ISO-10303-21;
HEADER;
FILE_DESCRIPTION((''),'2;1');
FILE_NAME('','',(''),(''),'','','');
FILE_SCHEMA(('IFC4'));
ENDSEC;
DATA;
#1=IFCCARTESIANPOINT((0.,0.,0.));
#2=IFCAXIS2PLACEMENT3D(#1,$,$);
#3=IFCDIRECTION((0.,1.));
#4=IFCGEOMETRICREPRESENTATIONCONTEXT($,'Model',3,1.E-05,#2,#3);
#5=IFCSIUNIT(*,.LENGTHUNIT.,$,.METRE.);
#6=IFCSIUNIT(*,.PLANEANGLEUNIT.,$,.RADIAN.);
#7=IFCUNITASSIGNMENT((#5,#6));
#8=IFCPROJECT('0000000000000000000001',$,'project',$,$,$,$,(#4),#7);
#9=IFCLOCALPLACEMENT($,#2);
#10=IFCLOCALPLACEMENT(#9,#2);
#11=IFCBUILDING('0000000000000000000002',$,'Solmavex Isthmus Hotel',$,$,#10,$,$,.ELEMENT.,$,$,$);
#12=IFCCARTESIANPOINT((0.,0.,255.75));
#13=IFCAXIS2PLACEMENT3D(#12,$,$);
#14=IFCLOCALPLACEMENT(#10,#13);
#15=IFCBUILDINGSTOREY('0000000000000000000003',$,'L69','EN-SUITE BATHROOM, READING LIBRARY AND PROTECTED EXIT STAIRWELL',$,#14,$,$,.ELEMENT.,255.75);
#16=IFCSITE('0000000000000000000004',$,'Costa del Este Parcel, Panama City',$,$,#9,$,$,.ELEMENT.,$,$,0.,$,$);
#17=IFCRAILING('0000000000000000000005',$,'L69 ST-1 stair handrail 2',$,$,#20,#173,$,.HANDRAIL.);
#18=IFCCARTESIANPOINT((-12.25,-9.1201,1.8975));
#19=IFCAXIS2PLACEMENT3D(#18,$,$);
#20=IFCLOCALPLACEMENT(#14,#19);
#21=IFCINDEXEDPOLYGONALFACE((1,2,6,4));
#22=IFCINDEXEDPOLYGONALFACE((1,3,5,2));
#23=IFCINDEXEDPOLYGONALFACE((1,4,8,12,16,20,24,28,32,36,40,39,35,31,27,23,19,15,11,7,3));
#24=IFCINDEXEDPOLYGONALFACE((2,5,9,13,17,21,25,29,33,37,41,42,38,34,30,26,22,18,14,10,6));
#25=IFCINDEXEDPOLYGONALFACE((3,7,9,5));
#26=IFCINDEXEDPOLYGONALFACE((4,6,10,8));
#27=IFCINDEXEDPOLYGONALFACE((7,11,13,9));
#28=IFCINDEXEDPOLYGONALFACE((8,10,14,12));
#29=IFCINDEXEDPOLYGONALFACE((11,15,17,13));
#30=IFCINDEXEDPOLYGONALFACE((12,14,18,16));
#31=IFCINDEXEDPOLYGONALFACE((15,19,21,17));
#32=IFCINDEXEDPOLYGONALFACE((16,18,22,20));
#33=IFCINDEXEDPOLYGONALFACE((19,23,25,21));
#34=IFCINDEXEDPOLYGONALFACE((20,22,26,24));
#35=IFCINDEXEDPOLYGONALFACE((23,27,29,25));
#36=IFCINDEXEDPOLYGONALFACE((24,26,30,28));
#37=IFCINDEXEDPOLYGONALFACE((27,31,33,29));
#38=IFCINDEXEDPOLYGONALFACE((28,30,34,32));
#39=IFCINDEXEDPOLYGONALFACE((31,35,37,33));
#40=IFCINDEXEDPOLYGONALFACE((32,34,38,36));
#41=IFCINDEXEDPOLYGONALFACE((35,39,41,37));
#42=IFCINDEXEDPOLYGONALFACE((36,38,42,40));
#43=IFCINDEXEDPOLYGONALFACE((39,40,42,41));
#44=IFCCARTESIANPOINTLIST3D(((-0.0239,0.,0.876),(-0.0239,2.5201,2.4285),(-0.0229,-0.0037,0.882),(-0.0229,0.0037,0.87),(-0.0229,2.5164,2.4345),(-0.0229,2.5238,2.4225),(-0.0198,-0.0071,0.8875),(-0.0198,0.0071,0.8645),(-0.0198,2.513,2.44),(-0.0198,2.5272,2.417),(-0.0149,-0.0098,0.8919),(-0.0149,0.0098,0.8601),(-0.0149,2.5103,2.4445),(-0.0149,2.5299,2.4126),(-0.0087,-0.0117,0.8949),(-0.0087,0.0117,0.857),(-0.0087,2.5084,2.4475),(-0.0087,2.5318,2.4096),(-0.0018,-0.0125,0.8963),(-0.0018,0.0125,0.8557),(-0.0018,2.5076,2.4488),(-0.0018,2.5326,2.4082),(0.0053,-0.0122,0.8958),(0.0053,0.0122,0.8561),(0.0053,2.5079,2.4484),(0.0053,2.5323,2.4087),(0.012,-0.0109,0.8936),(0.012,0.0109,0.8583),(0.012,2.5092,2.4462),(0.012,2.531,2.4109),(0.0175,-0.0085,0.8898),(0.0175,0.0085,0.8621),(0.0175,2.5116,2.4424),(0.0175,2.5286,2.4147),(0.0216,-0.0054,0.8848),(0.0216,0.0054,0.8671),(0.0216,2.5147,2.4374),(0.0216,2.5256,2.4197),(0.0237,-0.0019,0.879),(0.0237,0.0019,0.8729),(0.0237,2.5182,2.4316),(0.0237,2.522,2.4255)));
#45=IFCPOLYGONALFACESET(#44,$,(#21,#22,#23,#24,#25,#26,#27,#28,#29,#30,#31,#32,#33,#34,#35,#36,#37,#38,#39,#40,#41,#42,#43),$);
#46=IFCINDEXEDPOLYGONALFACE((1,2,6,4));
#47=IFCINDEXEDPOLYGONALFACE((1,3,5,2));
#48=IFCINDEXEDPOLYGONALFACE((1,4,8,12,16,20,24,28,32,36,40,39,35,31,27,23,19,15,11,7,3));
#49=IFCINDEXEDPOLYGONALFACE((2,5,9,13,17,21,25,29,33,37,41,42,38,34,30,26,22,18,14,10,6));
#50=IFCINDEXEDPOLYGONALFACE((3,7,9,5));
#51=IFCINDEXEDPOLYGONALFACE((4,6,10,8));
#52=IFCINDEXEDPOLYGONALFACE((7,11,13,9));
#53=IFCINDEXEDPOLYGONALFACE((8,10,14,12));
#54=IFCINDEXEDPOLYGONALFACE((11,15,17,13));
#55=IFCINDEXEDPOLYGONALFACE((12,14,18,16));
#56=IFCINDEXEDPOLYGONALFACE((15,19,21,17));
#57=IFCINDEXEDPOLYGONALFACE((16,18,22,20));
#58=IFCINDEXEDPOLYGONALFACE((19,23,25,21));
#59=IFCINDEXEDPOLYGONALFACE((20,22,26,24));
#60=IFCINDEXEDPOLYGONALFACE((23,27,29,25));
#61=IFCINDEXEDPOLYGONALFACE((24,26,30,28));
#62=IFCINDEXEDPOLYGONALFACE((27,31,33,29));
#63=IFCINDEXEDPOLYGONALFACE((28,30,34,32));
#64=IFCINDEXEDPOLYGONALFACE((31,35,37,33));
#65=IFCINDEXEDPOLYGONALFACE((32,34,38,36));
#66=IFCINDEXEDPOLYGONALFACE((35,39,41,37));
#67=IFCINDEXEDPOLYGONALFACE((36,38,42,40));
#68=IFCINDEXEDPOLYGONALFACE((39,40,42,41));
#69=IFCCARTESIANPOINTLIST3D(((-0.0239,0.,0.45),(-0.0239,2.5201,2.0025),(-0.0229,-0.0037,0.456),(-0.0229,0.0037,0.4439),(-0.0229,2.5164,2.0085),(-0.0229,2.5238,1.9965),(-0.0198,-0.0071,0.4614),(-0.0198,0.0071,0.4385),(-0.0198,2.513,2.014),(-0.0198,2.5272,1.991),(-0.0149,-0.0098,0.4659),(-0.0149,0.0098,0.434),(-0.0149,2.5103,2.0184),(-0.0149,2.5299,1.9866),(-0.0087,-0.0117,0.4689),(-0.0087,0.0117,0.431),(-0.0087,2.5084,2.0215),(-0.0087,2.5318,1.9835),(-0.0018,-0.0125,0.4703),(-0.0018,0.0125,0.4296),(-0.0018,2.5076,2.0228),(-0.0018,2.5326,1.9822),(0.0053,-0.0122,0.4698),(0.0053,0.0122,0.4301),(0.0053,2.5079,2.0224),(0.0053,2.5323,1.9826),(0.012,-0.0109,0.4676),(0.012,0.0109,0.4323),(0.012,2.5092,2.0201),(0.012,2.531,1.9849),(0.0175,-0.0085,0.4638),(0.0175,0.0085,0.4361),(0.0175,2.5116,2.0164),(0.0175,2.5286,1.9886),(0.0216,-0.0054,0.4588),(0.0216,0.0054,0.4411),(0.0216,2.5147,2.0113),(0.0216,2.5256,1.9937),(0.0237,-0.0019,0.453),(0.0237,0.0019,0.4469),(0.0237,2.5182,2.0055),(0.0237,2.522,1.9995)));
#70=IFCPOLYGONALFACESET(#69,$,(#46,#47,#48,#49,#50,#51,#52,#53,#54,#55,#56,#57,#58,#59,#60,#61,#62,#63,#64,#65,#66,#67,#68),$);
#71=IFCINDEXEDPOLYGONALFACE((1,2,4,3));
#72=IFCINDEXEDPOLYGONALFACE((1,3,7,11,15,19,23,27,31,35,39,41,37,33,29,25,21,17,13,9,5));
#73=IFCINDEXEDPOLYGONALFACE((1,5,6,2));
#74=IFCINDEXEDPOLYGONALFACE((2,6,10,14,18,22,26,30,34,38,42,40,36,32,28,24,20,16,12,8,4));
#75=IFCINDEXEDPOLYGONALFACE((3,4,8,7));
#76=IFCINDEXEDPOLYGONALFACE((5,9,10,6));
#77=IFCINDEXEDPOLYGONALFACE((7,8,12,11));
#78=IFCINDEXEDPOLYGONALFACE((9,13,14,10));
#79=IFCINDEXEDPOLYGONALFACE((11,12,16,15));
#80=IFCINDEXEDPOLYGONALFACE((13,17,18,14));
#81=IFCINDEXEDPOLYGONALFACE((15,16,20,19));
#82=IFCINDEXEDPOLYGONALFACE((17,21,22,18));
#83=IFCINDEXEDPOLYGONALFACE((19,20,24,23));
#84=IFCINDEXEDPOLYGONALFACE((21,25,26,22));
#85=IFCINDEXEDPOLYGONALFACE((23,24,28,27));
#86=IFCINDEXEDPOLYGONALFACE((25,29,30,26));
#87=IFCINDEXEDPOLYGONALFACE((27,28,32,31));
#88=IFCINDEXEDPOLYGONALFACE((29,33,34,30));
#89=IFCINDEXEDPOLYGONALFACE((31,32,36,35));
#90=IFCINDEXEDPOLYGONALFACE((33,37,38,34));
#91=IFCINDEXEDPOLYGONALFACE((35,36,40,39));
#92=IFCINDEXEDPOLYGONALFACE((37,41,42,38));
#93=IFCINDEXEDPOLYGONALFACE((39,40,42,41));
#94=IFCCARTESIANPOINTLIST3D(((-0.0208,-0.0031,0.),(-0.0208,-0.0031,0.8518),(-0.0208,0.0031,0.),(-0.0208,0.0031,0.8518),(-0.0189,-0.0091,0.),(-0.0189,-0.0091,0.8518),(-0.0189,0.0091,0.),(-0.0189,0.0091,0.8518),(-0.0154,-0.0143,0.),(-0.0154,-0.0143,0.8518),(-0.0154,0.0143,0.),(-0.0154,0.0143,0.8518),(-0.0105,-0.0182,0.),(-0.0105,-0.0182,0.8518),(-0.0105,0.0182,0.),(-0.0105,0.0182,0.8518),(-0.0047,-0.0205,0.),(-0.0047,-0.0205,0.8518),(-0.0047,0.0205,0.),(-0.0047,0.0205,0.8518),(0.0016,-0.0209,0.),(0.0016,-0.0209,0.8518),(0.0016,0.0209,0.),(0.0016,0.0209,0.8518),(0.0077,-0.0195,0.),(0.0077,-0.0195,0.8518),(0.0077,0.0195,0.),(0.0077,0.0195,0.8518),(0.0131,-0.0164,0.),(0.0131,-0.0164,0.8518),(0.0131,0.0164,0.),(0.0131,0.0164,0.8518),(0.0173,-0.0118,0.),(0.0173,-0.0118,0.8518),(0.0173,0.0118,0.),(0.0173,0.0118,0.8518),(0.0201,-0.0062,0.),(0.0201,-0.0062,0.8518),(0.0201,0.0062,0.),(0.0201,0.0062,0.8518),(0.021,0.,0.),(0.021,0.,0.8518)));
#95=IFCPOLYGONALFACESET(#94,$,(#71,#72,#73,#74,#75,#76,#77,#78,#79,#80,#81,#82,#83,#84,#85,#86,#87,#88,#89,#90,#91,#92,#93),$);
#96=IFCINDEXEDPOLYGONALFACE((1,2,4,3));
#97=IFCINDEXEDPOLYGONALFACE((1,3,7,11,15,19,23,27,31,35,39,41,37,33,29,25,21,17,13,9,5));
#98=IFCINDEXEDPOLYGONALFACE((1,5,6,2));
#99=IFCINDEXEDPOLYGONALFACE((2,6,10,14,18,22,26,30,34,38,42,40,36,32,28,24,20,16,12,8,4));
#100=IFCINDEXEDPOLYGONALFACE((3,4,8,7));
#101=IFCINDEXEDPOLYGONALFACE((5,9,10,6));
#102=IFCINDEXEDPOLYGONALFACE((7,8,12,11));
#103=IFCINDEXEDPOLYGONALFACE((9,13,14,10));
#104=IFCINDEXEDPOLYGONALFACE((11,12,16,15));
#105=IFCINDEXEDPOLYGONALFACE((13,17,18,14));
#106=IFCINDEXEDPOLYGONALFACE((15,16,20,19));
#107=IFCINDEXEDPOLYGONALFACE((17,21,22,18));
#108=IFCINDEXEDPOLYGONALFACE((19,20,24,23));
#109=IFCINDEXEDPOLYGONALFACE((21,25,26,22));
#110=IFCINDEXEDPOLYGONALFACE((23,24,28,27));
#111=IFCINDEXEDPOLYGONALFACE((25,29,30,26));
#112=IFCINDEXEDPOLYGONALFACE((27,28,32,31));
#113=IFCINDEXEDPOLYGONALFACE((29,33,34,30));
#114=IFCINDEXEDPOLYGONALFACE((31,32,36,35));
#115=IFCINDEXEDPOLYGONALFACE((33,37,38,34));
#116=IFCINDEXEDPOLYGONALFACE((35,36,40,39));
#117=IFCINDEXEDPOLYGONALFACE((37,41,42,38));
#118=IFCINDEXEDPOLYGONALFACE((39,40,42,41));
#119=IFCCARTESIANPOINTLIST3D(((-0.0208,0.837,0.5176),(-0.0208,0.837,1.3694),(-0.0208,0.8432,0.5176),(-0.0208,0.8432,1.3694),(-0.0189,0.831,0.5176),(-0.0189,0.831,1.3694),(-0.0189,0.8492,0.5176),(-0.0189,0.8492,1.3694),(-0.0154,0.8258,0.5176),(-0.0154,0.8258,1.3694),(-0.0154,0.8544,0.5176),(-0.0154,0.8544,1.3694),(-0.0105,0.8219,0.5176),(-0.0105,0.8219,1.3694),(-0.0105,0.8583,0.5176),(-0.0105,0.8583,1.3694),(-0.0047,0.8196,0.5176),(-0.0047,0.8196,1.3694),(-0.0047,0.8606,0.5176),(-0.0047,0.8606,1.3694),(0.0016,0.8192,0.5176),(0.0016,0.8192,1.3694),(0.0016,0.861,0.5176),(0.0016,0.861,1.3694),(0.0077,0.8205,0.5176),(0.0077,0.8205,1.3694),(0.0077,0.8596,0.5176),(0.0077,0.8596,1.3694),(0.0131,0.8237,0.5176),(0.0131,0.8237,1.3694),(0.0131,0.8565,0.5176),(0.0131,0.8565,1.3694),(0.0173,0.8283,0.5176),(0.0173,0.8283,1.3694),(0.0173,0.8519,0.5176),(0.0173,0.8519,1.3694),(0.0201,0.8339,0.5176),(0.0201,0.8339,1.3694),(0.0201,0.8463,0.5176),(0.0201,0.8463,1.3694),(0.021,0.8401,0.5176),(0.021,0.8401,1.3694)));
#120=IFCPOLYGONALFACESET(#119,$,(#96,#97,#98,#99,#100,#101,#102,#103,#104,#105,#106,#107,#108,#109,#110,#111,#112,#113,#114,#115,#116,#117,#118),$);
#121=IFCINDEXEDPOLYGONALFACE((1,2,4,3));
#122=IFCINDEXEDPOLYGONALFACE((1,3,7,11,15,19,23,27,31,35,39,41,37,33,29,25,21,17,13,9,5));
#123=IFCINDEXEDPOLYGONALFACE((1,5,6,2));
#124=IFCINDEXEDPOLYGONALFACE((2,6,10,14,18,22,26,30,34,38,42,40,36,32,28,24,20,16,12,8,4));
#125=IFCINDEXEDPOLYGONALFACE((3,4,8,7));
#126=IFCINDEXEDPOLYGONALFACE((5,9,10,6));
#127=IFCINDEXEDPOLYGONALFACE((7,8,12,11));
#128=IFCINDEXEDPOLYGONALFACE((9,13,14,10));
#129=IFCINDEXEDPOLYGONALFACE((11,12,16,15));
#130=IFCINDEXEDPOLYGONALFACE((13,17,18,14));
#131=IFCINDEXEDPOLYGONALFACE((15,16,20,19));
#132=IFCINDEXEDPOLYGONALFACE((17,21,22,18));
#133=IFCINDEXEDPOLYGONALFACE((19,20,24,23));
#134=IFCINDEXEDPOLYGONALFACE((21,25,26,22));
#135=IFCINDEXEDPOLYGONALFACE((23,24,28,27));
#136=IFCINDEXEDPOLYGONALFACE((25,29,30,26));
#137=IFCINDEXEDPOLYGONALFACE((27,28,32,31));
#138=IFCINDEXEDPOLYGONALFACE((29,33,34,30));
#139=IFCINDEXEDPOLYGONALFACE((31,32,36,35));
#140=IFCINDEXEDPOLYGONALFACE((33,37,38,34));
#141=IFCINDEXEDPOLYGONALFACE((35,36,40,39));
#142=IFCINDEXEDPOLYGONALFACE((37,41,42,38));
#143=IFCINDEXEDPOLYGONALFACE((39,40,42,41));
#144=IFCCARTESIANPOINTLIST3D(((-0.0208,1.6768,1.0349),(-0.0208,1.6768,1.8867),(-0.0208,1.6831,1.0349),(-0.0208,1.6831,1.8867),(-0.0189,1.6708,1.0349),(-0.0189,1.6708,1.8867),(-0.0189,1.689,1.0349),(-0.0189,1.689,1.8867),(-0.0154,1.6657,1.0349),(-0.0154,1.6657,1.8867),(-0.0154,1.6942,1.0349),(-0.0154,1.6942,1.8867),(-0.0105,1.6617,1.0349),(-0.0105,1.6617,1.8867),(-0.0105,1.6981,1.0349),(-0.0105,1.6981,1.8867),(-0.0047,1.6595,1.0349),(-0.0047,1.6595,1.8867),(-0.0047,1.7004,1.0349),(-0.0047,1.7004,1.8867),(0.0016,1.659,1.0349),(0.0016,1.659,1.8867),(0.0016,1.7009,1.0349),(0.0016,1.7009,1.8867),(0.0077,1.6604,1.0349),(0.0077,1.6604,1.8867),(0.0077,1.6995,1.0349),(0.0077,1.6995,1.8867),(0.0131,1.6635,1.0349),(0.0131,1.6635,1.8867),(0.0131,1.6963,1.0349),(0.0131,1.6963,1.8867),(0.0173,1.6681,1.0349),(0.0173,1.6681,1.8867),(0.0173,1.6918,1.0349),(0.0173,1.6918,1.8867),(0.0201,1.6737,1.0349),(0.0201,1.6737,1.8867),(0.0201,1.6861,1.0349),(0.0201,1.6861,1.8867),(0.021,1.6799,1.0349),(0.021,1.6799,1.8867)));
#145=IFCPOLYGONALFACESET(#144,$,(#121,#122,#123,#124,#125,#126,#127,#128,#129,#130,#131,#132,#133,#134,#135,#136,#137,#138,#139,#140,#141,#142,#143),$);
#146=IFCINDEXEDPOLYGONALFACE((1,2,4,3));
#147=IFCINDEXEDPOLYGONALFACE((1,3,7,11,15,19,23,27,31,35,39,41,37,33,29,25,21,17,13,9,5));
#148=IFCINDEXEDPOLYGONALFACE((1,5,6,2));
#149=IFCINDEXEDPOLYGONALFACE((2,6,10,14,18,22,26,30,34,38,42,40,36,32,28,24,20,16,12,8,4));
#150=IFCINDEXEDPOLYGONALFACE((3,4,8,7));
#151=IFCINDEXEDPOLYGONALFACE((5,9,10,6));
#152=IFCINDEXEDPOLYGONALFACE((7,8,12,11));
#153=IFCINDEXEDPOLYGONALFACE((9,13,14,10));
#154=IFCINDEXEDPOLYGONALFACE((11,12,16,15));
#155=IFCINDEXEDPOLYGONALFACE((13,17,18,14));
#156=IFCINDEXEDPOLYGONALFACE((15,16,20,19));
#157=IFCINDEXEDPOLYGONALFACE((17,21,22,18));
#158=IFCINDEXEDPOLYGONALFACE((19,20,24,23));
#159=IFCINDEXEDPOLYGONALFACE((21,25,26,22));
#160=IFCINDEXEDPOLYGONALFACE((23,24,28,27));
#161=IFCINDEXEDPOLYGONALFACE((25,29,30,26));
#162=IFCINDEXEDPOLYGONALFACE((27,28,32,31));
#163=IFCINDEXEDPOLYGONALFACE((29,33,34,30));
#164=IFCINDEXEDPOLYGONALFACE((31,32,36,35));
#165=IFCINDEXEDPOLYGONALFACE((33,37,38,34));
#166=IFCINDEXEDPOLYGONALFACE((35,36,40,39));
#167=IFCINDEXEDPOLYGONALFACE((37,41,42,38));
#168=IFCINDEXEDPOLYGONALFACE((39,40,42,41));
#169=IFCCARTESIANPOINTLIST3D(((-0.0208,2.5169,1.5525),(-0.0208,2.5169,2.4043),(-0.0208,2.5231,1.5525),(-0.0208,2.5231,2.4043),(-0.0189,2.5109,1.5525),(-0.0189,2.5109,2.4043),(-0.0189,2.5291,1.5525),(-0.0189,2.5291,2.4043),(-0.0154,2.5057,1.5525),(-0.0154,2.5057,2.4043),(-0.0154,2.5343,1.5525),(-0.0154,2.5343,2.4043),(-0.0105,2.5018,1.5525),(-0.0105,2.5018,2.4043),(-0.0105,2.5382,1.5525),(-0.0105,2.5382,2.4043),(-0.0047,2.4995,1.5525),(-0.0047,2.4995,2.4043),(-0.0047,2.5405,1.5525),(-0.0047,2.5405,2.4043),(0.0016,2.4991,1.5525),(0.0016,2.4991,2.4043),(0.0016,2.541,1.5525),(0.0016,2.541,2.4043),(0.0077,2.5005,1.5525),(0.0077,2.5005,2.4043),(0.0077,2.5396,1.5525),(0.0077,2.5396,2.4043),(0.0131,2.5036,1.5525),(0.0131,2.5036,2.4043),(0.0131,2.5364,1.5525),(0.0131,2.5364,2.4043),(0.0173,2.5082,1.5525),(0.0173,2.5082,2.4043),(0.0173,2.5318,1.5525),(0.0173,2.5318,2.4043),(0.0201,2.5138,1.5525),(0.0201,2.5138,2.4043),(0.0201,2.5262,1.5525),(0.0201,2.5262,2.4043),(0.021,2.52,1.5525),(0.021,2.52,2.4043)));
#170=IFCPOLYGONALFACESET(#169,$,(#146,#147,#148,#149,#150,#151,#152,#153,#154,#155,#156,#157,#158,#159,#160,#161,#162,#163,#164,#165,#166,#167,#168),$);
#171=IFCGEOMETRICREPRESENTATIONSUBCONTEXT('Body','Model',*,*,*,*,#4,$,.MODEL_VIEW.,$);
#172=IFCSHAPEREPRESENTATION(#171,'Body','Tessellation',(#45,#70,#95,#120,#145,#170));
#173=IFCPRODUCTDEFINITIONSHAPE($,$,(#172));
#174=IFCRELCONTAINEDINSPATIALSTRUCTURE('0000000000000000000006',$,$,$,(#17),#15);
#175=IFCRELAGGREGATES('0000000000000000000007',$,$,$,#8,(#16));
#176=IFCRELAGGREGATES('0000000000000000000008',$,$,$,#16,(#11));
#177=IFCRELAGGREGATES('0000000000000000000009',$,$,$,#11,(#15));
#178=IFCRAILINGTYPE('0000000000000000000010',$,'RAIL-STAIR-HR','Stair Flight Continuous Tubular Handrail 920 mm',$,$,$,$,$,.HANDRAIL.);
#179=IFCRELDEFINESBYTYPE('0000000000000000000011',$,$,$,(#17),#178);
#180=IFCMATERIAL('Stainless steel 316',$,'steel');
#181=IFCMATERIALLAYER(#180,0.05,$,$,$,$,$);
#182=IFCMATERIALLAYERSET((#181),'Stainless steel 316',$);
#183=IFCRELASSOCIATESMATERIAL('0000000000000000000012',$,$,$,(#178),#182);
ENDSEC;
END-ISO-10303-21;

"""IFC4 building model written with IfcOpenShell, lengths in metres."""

from ifc_helpers import new_model, si_unit, direction, frame, origin, origin_2d, place, context, subcontext, project, spatial, circle, extrude, material, layer, layer_set, type_object, element, save


model = new_model("IFC4")

# Units and contexts
model_context = context("Model", 3, precision=1e-05, world=origin(), true_north=direction((0.0, 1.0)))
body_context = subcontext(model_context, "Body", "Model", "MODEL_VIEW")
ifc_project = project(units=[si_unit("LENGTHUNIT", "METRE"), si_unit("PLANEANGLEUNIT", "RADIAN")], contexts=[model_context])

# Site, building, storey
site_placement = place(None, origin())
site = spatial("IfcSite", under=ifc_project, at=site_placement, Name="Costa del Este Parcel, Panama City", CompositionType="ELEMENT", RefElevation=0.0)
building_placement = place(site_placement, origin())
building = spatial("IfcBuilding", under=site, at=building_placement, Name="Solmavex Isthmus Hotel", CompositionType="ELEMENT")
storey_placement = place(building_placement, frame((0.0, 0.0, 255.75)))
storey = spatial("IfcBuildingStorey", under=building, at=storey_placement, Name="L69", Description="EN-SUITE BATHROOM, READING LIBRARY AND PROTECTED EXIT STAIRWELL", CompositionType="ELEMENT", Elevation=255.75)

# Shared definitions
ifc_material_1 = material(Name="Stainless steel 316", Category="steel")

# Railing
ifc_layer_1 = layer(ifc_material_1, 0.05)
ifc_layer_set_1 = layer_set([ifc_layer_1], Name="Stainless steel 316")
railing_type = type_object("IfcRailingType", Name="RAIL-STAIR-HR", Description="Stair Flight Continuous Tubular Handrail 920 mm", PredefinedType="HANDRAIL", material=ifc_layer_set_1)
railing_placement = place(storey_placement, frame((-12.25, -9.1201, 1.8975)))
element("IfcRailing", 1, at=railing_placement, inside=storey, type_object=railing_type, Name="L69 ST-1 stair handrail 2", PredefinedType="HANDRAIL", context=body_context, shape_type="SweptSolid", body=[
    extrude(circle(Radius=0.0239, at=origin_2d()), frame((0.0, 0.0, 0.876), z_axis=(0.0, 0.8514, 0.524516), x_axis=(-1.0, 0.0, 0.0)), (0.0, 0.0, 1.0), 2.96),
    extrude(circle(Radius=0.0239, at=origin_2d()), frame((0.0, 0.0, 0.45), z_axis=(0.0, 0.8514, 0.524516), x_axis=(-1.0, 0.0, 0.0)), (0.0, 0.0, 1.0), 2.96),
    extrude(circle(Radius=0.021, at=origin_2d()), origin(), (0.0, 0.0, 1.0), 0.8518),
    extrude(circle(Radius=0.021, at=origin_2d()), frame((0.0, 0.8401, 0.5176)), (0.0, 0.0, 1.0), 0.8518),
    extrude(circle(Radius=0.021, at=origin_2d()), frame((0.0, 1.6799, 1.0349)), (0.0, 0.0, 1.0), 0.8518),
    extrude(circle(Radius=0.021, at=origin_2d()), frame((0.0, 2.52, 1.5525)), (0.0, 0.0, 1.0), 0.8518),
])

save(model, "model.ifc")
